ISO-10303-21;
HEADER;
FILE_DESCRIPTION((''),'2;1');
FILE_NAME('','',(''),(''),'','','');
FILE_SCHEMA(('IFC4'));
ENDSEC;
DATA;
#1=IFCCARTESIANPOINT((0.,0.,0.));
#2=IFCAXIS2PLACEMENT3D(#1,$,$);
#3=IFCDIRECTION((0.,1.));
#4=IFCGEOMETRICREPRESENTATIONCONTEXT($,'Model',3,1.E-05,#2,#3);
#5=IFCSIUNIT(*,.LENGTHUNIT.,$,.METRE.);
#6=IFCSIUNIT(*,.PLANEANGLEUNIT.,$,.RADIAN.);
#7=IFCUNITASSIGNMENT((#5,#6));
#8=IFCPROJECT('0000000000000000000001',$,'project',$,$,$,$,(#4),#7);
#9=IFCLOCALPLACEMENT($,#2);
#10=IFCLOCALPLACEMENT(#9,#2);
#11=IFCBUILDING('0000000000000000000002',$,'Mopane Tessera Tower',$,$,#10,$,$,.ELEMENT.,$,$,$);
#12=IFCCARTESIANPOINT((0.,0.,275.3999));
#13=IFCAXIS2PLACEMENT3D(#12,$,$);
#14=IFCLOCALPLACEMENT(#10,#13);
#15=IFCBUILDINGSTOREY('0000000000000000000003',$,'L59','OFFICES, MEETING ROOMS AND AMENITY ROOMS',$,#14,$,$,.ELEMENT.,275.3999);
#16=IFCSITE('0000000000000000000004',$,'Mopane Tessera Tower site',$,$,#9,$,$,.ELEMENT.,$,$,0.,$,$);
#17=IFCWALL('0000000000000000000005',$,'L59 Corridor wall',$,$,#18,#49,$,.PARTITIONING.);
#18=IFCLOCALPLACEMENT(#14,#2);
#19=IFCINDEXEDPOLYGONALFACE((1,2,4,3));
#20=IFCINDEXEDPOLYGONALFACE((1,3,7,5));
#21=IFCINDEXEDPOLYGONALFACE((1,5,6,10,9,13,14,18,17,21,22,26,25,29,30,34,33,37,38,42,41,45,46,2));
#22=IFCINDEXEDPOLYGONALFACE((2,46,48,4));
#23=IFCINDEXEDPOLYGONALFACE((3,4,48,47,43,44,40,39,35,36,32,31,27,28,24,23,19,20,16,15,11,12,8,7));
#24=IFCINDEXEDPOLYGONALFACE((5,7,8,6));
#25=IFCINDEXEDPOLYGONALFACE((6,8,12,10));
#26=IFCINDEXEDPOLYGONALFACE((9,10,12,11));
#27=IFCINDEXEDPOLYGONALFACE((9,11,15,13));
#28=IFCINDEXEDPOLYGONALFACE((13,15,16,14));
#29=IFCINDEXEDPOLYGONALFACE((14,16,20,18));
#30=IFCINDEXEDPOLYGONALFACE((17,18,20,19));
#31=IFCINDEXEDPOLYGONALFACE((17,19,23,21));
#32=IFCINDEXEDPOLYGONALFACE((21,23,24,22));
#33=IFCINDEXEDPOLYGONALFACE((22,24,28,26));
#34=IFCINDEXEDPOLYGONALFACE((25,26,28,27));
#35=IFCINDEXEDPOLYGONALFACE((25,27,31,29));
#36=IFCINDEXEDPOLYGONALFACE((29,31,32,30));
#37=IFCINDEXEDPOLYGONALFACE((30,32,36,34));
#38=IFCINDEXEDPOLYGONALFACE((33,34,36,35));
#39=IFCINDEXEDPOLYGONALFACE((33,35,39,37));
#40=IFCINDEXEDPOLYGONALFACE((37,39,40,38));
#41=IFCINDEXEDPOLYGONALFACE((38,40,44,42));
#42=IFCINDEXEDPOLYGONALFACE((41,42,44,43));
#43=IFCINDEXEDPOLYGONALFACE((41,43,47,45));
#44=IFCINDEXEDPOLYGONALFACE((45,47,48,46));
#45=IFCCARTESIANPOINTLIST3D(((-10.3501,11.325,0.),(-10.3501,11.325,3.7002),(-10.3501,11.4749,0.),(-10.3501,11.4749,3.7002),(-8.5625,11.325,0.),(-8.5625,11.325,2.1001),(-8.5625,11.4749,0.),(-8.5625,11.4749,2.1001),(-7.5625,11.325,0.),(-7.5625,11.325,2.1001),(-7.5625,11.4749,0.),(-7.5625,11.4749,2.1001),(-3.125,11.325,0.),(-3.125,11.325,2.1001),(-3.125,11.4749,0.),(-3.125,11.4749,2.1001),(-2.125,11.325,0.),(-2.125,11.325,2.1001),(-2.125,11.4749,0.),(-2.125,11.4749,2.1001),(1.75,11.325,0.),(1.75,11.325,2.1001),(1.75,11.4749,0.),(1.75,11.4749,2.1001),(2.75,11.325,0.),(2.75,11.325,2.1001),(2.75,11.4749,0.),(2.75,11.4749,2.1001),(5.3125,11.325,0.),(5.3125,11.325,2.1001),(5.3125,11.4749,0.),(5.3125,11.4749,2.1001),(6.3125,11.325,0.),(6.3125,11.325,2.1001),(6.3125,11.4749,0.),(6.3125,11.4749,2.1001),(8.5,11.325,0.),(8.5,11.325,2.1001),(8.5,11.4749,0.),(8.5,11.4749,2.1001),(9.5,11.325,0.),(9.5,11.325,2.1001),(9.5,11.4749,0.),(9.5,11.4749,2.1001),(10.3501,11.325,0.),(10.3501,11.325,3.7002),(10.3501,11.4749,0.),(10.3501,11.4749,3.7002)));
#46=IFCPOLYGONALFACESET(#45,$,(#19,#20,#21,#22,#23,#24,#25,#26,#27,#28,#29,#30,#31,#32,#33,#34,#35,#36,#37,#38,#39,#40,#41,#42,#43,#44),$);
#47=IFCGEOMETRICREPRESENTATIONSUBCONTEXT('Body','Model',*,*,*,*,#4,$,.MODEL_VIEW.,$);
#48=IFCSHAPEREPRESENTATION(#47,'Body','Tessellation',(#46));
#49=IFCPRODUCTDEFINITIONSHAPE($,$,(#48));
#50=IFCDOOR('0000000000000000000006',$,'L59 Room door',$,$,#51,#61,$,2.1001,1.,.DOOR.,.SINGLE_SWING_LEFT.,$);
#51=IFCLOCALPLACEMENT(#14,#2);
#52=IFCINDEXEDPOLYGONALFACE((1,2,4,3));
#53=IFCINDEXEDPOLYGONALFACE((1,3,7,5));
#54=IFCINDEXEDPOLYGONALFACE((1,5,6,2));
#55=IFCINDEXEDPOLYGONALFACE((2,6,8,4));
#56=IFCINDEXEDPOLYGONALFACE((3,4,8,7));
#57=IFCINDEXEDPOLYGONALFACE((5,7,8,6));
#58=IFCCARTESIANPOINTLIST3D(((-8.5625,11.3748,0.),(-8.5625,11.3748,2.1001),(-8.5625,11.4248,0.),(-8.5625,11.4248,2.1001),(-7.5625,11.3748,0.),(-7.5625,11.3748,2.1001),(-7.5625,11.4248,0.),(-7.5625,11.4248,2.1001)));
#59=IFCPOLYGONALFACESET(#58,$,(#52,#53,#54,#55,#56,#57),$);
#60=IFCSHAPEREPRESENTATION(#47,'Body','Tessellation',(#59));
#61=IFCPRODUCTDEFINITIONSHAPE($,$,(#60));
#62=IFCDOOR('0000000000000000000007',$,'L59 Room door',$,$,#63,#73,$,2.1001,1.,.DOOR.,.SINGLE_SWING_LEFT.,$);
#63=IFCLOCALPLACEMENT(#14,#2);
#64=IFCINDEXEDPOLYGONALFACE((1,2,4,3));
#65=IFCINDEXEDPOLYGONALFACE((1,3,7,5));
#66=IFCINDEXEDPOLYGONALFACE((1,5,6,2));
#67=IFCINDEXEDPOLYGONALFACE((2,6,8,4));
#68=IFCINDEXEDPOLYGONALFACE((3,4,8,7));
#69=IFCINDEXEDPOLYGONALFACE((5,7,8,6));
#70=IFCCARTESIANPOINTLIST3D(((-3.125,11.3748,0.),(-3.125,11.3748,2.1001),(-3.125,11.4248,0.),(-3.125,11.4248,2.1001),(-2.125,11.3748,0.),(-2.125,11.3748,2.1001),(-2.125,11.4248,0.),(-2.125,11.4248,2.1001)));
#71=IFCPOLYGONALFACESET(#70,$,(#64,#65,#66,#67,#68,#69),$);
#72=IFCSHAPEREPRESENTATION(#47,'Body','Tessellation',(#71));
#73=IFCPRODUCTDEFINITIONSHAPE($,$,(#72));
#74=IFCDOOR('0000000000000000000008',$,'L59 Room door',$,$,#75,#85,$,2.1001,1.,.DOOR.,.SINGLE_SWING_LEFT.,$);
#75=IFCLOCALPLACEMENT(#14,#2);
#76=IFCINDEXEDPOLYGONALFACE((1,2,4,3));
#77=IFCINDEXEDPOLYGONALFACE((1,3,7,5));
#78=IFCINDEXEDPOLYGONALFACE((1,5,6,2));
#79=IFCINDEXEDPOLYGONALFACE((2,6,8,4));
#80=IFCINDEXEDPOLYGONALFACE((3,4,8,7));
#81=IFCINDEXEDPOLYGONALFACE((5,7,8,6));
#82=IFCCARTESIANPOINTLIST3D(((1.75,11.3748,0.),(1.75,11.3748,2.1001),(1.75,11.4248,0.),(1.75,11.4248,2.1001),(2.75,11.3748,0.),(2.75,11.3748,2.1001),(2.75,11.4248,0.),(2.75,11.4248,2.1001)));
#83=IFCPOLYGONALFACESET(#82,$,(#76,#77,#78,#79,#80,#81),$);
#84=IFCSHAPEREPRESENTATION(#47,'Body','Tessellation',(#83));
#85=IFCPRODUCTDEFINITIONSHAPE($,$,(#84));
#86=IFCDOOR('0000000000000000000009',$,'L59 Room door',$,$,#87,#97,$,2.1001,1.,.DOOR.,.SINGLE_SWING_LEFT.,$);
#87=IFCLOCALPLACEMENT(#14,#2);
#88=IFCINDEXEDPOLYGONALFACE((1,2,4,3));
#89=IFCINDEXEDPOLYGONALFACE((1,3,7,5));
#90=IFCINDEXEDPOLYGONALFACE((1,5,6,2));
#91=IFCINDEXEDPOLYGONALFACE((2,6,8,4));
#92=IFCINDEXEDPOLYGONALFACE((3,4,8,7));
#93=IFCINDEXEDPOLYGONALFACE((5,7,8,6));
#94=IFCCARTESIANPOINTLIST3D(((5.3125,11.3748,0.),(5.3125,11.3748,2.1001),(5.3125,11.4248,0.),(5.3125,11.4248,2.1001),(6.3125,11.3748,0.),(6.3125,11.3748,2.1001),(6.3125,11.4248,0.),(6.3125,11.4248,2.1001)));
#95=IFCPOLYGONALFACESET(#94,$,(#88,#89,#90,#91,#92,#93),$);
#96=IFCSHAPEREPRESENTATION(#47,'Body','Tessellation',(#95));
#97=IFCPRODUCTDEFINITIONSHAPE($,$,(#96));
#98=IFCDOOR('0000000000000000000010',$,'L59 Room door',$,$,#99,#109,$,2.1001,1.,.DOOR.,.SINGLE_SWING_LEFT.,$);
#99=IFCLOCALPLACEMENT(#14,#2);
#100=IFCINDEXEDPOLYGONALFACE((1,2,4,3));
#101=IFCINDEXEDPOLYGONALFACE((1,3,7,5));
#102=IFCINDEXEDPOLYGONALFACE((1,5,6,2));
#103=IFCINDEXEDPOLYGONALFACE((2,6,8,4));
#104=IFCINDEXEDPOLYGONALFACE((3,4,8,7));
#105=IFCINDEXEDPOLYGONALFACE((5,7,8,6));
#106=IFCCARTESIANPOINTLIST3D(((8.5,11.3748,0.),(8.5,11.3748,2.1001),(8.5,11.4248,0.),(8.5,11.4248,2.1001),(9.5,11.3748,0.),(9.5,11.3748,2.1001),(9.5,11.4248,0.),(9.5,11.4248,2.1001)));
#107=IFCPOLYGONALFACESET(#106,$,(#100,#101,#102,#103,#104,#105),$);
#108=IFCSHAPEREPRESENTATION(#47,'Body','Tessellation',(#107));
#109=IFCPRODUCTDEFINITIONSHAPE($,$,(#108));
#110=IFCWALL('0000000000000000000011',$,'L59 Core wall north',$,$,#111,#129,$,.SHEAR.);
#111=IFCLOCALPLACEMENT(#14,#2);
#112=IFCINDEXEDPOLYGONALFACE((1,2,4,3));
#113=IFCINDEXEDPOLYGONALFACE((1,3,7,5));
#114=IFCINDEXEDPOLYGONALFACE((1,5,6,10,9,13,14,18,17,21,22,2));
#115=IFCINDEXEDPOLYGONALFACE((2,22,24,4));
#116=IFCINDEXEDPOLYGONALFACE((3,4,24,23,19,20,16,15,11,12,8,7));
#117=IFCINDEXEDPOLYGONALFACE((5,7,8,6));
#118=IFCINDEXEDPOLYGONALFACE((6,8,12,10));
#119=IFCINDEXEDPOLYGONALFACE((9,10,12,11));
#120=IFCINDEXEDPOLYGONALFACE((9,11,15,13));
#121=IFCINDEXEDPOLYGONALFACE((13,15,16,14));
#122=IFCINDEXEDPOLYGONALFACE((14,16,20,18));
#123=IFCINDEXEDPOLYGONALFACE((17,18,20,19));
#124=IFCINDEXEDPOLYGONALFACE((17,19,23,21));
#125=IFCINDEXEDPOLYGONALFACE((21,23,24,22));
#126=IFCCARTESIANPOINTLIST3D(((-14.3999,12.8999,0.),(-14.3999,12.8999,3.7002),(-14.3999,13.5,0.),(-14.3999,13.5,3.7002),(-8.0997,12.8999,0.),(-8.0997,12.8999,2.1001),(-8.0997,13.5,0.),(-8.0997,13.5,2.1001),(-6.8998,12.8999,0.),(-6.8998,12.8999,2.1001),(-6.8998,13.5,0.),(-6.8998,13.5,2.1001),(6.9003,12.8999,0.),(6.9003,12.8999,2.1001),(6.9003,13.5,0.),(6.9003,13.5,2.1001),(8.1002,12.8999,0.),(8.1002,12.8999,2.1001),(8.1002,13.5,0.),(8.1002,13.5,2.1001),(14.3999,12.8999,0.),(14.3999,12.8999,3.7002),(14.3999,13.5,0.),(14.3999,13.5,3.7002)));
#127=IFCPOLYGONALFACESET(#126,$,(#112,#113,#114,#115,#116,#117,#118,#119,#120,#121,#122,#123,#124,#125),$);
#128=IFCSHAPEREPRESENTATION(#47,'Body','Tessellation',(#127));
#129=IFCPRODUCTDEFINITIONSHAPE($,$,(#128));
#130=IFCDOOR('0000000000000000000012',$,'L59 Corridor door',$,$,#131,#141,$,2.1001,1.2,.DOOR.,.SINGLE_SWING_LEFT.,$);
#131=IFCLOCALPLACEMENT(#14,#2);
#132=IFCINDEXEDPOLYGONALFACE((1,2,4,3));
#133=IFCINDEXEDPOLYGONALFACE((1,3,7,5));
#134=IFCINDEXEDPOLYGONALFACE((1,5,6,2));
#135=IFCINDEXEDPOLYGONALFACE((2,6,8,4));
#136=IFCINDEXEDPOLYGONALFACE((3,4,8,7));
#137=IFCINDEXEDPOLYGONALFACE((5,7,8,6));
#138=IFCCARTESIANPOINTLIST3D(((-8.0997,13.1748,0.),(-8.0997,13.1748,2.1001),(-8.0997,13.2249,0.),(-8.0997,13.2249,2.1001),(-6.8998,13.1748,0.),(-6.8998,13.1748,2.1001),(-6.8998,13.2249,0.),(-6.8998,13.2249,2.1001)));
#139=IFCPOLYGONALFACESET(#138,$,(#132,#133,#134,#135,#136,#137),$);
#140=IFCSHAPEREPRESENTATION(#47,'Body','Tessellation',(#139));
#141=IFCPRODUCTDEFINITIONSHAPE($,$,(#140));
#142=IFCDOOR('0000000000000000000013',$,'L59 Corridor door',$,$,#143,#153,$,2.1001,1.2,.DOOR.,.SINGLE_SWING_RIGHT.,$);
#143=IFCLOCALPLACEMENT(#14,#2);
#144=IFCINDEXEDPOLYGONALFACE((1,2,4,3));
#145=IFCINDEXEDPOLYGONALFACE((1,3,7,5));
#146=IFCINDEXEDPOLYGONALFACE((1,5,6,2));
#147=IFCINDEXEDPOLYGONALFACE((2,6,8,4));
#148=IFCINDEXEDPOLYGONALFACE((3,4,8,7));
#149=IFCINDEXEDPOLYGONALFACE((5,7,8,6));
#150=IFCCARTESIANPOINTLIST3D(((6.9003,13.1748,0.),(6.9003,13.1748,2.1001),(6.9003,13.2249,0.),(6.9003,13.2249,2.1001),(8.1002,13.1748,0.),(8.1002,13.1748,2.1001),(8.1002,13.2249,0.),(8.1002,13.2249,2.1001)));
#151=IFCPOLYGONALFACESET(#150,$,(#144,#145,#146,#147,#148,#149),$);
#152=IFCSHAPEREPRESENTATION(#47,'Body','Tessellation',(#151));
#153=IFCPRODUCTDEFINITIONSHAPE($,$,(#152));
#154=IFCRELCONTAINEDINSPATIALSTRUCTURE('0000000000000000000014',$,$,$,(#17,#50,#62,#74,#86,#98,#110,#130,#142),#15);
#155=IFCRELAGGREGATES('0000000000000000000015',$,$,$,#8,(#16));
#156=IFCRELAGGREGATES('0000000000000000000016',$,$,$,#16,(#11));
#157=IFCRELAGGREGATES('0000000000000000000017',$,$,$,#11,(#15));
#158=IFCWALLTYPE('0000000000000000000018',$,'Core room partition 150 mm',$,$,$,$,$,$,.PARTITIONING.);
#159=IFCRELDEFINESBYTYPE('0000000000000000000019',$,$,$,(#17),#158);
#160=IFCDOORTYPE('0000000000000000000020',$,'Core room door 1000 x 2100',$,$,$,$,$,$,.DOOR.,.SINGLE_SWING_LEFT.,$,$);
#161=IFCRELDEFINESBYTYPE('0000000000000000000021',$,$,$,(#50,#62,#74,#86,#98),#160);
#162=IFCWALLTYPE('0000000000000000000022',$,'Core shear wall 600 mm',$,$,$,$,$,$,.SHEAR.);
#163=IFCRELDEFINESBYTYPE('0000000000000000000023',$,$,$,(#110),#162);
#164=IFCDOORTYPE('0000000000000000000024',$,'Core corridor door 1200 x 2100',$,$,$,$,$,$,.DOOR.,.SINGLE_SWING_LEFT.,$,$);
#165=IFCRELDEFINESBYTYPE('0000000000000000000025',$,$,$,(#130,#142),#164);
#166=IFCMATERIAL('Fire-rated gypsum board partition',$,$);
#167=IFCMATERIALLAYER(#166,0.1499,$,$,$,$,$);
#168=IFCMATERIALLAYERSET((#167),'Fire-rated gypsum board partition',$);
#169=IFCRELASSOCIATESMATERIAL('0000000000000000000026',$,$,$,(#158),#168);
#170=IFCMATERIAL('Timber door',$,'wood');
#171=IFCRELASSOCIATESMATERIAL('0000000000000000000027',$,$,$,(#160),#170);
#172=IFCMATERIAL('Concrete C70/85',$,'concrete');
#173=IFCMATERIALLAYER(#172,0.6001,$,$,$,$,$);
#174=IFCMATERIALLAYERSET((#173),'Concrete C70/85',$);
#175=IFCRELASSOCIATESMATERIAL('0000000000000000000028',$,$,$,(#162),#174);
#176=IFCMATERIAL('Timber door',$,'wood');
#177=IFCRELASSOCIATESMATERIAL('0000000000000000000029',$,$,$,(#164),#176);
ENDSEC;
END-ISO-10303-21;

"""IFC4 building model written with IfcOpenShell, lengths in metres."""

from ifc_helpers import new_model, si_unit, direction, frame, frame_2d, origin, place, context, subcontext, project, spatial, rectangle, extrude, material, layer, layer_set, type_object, element, fill, save


model = new_model("IFC4")

# Units and contexts
model_context = context("Model", 3, precision=1e-05, world=origin(), true_north=direction((0.0, 1.0)))
body_context = subcontext(model_context, "Body", "Model", "MODEL_VIEW")
ifc_project = project(units=[si_unit("LENGTHUNIT", "METRE"), si_unit("PLANEANGLEUNIT", "RADIAN")], contexts=[model_context])

# Site, building, storey
site_placement = place(None, origin())
site = spatial("IfcSite", under=ifc_project, at=site_placement, Name="Mopane Tessera Tower site", CompositionType="ELEMENT", RefElevation=0.0)
building_placement = place(site_placement, origin())
building = spatial("IfcBuilding", under=site, at=building_placement, Name="Mopane Tessera Tower", CompositionType="ELEMENT")
storey_placement = place(building_placement, frame((0.0, 0.0, 275.3999)))
storey = spatial("IfcBuildingStorey", under=building, at=storey_placement, Name="L59", Description="OFFICES, MEETING ROOMS AND AMENITY ROOMS", CompositionType="ELEMENT", Elevation=275.3999)

# Walls, openings, doors
ifc_material_1 = material(Name="Fire-rated gypsum board partition")
ifc_layer_1 = layer(ifc_material_1, 0.1499)
ifc_layer_set_1 = layer_set([ifc_layer_1], Name="Fire-rated gypsum board partition")
wall_type_1 = type_object("IfcWallType", Name="Core room partition 150 mm", PredefinedType="PARTITIONING", material=ifc_layer_set_1)
wall_1_placement = place(storey_placement, frame((-10.3501, 11.3999, 0.0), z_axis=(0.0, 0.0, 1.0), x_axis=(1.0, 0.0, 0.0)))
wall_1 = element("IfcWall", 1, at=wall_1_placement, inside=storey, type_object=wall_type_1, Name="L59 Corridor wall", PredefinedType="PARTITIONING", context=body_context, shape_type="SweptSolid", body=[
    extrude(rectangle(XDim=20.7002, YDim=0.1499, at=frame_2d((10.3501, 0.0))), origin(), (0.0, 0.0, 1.0), 3.7002),
])
opening_1_placement = place(wall_1_placement, frame((1.7876, 0.0, 0.0)))
opening_1 = element("IfcOpeningElement", 2, at=opening_1_placement, cuts=wall_1, PredefinedType="OPENING", context=body_context, shape_type="SweptSolid", body=[
    extrude(rectangle(XDim=1.0, YDim=2.1001, at=frame_2d((0.5, 1.05))), frame((0.0, 0.0869, 0.0), z_axis=(0.0, -1.0, 0.0), x_axis=(1.0, 0.0, 0.0)), (0.0, 0.0, 1.0), 0.1738),
])
opening_2_placement = place(wall_1_placement, frame((7.2251, 0.0, 0.0)))
opening_2 = element("IfcOpeningElement", 3, at=opening_2_placement, cuts=wall_1, PredefinedType="OPENING", context=body_context, shape_type="SweptSolid", body=[
    extrude(rectangle(XDim=1.0, YDim=2.1001, at=frame_2d((0.5, 1.05))), frame((0.0, 0.0869, 0.0), z_axis=(0.0, -1.0, 0.0), x_axis=(1.0, 0.0, 0.0)), (0.0, 0.0, 1.0), 0.1738),
])
opening_3_placement = place(wall_1_placement, frame((12.1001, 0.0, 0.0)))
opening_3 = element("IfcOpeningElement", 4, at=opening_3_placement, cuts=wall_1, PredefinedType="OPENING", context=body_context, shape_type="SweptSolid", body=[
    extrude(rectangle(XDim=1.0, YDim=2.1001, at=frame_2d((0.5, 1.05))), frame((0.0, 0.0869, 0.0), z_axis=(0.0, -1.0, 0.0), x_axis=(1.0, 0.0, 0.0)), (0.0, 0.0, 1.0), 0.1738),
])
opening_4_placement = place(wall_1_placement, frame((15.6626, 0.0, 0.0)))
opening_4 = element("IfcOpeningElement", 5, at=opening_4_placement, cuts=wall_1, PredefinedType="OPENING", context=body_context, shape_type="SweptSolid", body=[
    extrude(rectangle(XDim=1.0, YDim=2.1001, at=frame_2d((0.5, 1.05))), frame((0.0, 0.0869, 0.0), z_axis=(0.0, -1.0, 0.0), x_axis=(1.0, 0.0, 0.0)), (0.0, 0.0, 1.0), 0.1738),
])
opening_5_placement = place(wall_1_placement, frame((18.8501, 0.0, 0.0)))
opening_5 = element("IfcOpeningElement", 6, at=opening_5_placement, cuts=wall_1, PredefinedType="OPENING", context=body_context, shape_type="SweptSolid", body=[
    extrude(rectangle(XDim=1.0, YDim=2.1001, at=frame_2d((0.5, 1.05))), frame((0.0, 0.0869, 0.0), z_axis=(0.0, -1.0, 0.0), x_axis=(1.0, 0.0, 0.0)), (0.0, 0.0, 1.0), 0.1738),
])
ifc_material_2 = material(Name="Timber door", Category="wood")
door_type_1 = type_object("IfcDoorType", Name="Core room door 1000 x 2100", OperationType="SINGLE_SWING_LEFT", PredefinedType="DOOR", material=ifc_material_2)
door_1_placement = place(opening_1_placement, origin())
door_1 = element("IfcDoor", 7, at=door_1_placement, inside=storey, type_object=door_type_1, Name="L59 Room door", OperationType="SINGLE_SWING_LEFT", OverallHeight=2.1001, OverallWidth=1.0, PredefinedType="DOOR", context=body_context, shape_type="SweptSolid", body=[
    extrude(rectangle(XDim=1.0, YDim=2.1001, at=frame_2d((0.5, 1.05))), frame((0.0, 0.0249, 0.0), z_axis=(0.0, -1.0, 0.0), x_axis=(1.0, 0.0, 0.0)), (0.0, 0.0, 1.0), 0.05),
])
fill(opening_1, door_1)
door_2_placement = place(opening_2_placement, origin())
door_2 = element("IfcDoor", 8, at=door_2_placement, inside=storey, type_object=door_type_1, Name="L59 Room door", OperationType="SINGLE_SWING_LEFT", OverallHeight=2.1001, OverallWidth=1.0, PredefinedType="DOOR", context=body_context, shape_type="SweptSolid", body=[
    extrude(rectangle(XDim=1.0, YDim=2.1001, at=frame_2d((0.5, 1.05))), frame((0.0, 0.0249, 0.0), z_axis=(0.0, -1.0, 0.0), x_axis=(1.0, 0.0, 0.0)), (0.0, 0.0, 1.0), 0.05),
])
fill(opening_2, door_2)
door_3_placement = place(opening_3_placement, origin())
door_3 = element("IfcDoor", 9, at=door_3_placement, inside=storey, type_object=door_type_1, Name="L59 Room door", OperationType="SINGLE_SWING_LEFT", OverallHeight=2.1001, OverallWidth=1.0, PredefinedType="DOOR", context=body_context, shape_type="SweptSolid", body=[
    extrude(rectangle(XDim=1.0, YDim=2.1001, at=frame_2d((0.5, 1.05))), frame((0.0, 0.0249, 0.0), z_axis=(0.0, -1.0, 0.0), x_axis=(1.0, 0.0, 0.0)), (0.0, 0.0, 1.0), 0.05),
])
fill(opening_3, door_3)
door_4_placement = place(opening_4_placement, origin())
door_4 = element("IfcDoor", 10, at=door_4_placement, inside=storey, type_object=door_type_1, Name="L59 Room door", OperationType="SINGLE_SWING_LEFT", OverallHeight=2.1001, OverallWidth=1.0, PredefinedType="DOOR", context=body_context, shape_type="SweptSolid", body=[
    extrude(rectangle(XDim=1.0, YDim=2.1001, at=frame_2d((0.5, 1.05))), frame((0.0, 0.0249, 0.0), z_axis=(0.0, -1.0, 0.0), x_axis=(1.0, 0.0, 0.0)), (0.0, 0.0, 1.0), 0.05),
])
fill(opening_4, door_4)
door_5_placement = place(opening_5_placement, origin())
door_5 = element("IfcDoor", 11, at=door_5_placement, inside=storey, type_object=door_type_1, Name="L59 Room door", OperationType="SINGLE_SWING_LEFT", OverallHeight=2.1001, OverallWidth=1.0, PredefinedType="DOOR", context=body_context, shape_type="SweptSolid", body=[
    extrude(rectangle(XDim=1.0, YDim=2.1001, at=frame_2d((0.5, 1.05))), frame((0.0, 0.0249, 0.0), z_axis=(0.0, -1.0, 0.0), x_axis=(1.0, 0.0, 0.0)), (0.0, 0.0, 1.0), 0.05),
])
fill(opening_5, door_5)
ifc_material_3 = material(Name="Concrete C70/85", Category="concrete")
ifc_layer_2 = layer(ifc_material_3, 0.6001)
ifc_layer_set_2 = layer_set([ifc_layer_2], Name="Concrete C70/85")
wall_type_2 = type_object("IfcWallType", Name="Core shear wall 600 mm", PredefinedType="SHEAR", material=ifc_layer_set_2)
wall_2_placement = place(storey_placement, frame((-14.3999, 13.2, 0.0), z_axis=(0.0, 0.0, 1.0), x_axis=(1.0, 0.0, 0.0)))
wall_2 = element("IfcWall", 12, at=wall_2_placement, inside=storey, type_object=wall_type_2, Name="L59 Core wall north", PredefinedType="SHEAR", context=body_context, shape_type="SweptSolid", body=[
    extrude(rectangle(XDim=28.7998, YDim=0.6001, at=frame_2d((14.3999, 0.0))), origin(), (0.0, 0.0, 1.0), 3.7002),
])
opening_6_placement = place(wall_2_placement, frame((6.3, 0.0, 0.0)))
opening_6 = element("IfcOpeningElement", 13, at=opening_6_placement, cuts=wall_2, PredefinedType="OPENING", context=body_context, shape_type="SweptSolid", body=[
    extrude(rectangle(XDim=1.2, YDim=2.1001, at=frame_2d((0.6001, 1.05))), frame((0.0, 0.312, 0.0), z_axis=(0.0, -1.0, 0.0), x_axis=(1.0, 0.0, 0.0)), (0.0, 0.0, 1.0), 0.624),
])
opening_7_placement = place(wall_2_placement, frame((21.3, 0.0, 0.0)))
opening_7 = element("IfcOpeningElement", 14, at=opening_7_placement, cuts=wall_2, PredefinedType="OPENING", context=body_context, shape_type="SweptSolid", body=[
    extrude(rectangle(XDim=1.2, YDim=2.1001, at=frame_2d((0.6001, 1.05))), frame((0.0, 0.312, 0.0), z_axis=(0.0, -1.0, 0.0), x_axis=(1.0, 0.0, 0.0)), (0.0, 0.0, 1.0), 0.624),
])
ifc_material_4 = material(Name="Timber door", Category="wood")
door_type_2 = type_object("IfcDoorType", Name="Core corridor door 1200 x 2100", OperationType="SINGLE_SWING_LEFT", PredefinedType="DOOR", material=ifc_material_4)
door_6_placement = place(opening_6_placement, origin())
door_6 = element("IfcDoor", 15, at=door_6_placement, inside=storey, type_object=door_type_2, Name="L59 Corridor door", OperationType="SINGLE_SWING_LEFT", OverallHeight=2.1001, OverallWidth=1.2, PredefinedType="DOOR", context=body_context, shape_type="SweptSolid", body=[
    extrude(rectangle(XDim=1.2, YDim=2.1001, at=frame_2d((0.6001, 1.05))), frame((0.0, 0.0249, 0.0), z_axis=(0.0, -1.0, 0.0), x_axis=(1.0, 0.0, 0.0)), (0.0, 0.0, 1.0), 0.05),
])
fill(opening_6, door_6)
door_7_placement = place(opening_7_placement, origin())
door_7 = element("IfcDoor", 16, at=door_7_placement, inside=storey, type_object=door_type_2, Name="L59 Corridor door", OperationType="SINGLE_SWING_RIGHT", OverallHeight=2.1001, OverallWidth=1.2, PredefinedType="DOOR", context=body_context, shape_type="SweptSolid", body=[
    extrude(rectangle(XDim=1.2, YDim=2.1001, at=frame_2d((0.6001, 1.05))), frame((0.0, 0.0249, 0.0), z_axis=(0.0, -1.0, 0.0), x_axis=(1.0, 0.0, 0.0)), (0.0, 0.0, 1.0), 0.05),
])
fill(opening_7, door_7)

save(model, "model.ifc")
